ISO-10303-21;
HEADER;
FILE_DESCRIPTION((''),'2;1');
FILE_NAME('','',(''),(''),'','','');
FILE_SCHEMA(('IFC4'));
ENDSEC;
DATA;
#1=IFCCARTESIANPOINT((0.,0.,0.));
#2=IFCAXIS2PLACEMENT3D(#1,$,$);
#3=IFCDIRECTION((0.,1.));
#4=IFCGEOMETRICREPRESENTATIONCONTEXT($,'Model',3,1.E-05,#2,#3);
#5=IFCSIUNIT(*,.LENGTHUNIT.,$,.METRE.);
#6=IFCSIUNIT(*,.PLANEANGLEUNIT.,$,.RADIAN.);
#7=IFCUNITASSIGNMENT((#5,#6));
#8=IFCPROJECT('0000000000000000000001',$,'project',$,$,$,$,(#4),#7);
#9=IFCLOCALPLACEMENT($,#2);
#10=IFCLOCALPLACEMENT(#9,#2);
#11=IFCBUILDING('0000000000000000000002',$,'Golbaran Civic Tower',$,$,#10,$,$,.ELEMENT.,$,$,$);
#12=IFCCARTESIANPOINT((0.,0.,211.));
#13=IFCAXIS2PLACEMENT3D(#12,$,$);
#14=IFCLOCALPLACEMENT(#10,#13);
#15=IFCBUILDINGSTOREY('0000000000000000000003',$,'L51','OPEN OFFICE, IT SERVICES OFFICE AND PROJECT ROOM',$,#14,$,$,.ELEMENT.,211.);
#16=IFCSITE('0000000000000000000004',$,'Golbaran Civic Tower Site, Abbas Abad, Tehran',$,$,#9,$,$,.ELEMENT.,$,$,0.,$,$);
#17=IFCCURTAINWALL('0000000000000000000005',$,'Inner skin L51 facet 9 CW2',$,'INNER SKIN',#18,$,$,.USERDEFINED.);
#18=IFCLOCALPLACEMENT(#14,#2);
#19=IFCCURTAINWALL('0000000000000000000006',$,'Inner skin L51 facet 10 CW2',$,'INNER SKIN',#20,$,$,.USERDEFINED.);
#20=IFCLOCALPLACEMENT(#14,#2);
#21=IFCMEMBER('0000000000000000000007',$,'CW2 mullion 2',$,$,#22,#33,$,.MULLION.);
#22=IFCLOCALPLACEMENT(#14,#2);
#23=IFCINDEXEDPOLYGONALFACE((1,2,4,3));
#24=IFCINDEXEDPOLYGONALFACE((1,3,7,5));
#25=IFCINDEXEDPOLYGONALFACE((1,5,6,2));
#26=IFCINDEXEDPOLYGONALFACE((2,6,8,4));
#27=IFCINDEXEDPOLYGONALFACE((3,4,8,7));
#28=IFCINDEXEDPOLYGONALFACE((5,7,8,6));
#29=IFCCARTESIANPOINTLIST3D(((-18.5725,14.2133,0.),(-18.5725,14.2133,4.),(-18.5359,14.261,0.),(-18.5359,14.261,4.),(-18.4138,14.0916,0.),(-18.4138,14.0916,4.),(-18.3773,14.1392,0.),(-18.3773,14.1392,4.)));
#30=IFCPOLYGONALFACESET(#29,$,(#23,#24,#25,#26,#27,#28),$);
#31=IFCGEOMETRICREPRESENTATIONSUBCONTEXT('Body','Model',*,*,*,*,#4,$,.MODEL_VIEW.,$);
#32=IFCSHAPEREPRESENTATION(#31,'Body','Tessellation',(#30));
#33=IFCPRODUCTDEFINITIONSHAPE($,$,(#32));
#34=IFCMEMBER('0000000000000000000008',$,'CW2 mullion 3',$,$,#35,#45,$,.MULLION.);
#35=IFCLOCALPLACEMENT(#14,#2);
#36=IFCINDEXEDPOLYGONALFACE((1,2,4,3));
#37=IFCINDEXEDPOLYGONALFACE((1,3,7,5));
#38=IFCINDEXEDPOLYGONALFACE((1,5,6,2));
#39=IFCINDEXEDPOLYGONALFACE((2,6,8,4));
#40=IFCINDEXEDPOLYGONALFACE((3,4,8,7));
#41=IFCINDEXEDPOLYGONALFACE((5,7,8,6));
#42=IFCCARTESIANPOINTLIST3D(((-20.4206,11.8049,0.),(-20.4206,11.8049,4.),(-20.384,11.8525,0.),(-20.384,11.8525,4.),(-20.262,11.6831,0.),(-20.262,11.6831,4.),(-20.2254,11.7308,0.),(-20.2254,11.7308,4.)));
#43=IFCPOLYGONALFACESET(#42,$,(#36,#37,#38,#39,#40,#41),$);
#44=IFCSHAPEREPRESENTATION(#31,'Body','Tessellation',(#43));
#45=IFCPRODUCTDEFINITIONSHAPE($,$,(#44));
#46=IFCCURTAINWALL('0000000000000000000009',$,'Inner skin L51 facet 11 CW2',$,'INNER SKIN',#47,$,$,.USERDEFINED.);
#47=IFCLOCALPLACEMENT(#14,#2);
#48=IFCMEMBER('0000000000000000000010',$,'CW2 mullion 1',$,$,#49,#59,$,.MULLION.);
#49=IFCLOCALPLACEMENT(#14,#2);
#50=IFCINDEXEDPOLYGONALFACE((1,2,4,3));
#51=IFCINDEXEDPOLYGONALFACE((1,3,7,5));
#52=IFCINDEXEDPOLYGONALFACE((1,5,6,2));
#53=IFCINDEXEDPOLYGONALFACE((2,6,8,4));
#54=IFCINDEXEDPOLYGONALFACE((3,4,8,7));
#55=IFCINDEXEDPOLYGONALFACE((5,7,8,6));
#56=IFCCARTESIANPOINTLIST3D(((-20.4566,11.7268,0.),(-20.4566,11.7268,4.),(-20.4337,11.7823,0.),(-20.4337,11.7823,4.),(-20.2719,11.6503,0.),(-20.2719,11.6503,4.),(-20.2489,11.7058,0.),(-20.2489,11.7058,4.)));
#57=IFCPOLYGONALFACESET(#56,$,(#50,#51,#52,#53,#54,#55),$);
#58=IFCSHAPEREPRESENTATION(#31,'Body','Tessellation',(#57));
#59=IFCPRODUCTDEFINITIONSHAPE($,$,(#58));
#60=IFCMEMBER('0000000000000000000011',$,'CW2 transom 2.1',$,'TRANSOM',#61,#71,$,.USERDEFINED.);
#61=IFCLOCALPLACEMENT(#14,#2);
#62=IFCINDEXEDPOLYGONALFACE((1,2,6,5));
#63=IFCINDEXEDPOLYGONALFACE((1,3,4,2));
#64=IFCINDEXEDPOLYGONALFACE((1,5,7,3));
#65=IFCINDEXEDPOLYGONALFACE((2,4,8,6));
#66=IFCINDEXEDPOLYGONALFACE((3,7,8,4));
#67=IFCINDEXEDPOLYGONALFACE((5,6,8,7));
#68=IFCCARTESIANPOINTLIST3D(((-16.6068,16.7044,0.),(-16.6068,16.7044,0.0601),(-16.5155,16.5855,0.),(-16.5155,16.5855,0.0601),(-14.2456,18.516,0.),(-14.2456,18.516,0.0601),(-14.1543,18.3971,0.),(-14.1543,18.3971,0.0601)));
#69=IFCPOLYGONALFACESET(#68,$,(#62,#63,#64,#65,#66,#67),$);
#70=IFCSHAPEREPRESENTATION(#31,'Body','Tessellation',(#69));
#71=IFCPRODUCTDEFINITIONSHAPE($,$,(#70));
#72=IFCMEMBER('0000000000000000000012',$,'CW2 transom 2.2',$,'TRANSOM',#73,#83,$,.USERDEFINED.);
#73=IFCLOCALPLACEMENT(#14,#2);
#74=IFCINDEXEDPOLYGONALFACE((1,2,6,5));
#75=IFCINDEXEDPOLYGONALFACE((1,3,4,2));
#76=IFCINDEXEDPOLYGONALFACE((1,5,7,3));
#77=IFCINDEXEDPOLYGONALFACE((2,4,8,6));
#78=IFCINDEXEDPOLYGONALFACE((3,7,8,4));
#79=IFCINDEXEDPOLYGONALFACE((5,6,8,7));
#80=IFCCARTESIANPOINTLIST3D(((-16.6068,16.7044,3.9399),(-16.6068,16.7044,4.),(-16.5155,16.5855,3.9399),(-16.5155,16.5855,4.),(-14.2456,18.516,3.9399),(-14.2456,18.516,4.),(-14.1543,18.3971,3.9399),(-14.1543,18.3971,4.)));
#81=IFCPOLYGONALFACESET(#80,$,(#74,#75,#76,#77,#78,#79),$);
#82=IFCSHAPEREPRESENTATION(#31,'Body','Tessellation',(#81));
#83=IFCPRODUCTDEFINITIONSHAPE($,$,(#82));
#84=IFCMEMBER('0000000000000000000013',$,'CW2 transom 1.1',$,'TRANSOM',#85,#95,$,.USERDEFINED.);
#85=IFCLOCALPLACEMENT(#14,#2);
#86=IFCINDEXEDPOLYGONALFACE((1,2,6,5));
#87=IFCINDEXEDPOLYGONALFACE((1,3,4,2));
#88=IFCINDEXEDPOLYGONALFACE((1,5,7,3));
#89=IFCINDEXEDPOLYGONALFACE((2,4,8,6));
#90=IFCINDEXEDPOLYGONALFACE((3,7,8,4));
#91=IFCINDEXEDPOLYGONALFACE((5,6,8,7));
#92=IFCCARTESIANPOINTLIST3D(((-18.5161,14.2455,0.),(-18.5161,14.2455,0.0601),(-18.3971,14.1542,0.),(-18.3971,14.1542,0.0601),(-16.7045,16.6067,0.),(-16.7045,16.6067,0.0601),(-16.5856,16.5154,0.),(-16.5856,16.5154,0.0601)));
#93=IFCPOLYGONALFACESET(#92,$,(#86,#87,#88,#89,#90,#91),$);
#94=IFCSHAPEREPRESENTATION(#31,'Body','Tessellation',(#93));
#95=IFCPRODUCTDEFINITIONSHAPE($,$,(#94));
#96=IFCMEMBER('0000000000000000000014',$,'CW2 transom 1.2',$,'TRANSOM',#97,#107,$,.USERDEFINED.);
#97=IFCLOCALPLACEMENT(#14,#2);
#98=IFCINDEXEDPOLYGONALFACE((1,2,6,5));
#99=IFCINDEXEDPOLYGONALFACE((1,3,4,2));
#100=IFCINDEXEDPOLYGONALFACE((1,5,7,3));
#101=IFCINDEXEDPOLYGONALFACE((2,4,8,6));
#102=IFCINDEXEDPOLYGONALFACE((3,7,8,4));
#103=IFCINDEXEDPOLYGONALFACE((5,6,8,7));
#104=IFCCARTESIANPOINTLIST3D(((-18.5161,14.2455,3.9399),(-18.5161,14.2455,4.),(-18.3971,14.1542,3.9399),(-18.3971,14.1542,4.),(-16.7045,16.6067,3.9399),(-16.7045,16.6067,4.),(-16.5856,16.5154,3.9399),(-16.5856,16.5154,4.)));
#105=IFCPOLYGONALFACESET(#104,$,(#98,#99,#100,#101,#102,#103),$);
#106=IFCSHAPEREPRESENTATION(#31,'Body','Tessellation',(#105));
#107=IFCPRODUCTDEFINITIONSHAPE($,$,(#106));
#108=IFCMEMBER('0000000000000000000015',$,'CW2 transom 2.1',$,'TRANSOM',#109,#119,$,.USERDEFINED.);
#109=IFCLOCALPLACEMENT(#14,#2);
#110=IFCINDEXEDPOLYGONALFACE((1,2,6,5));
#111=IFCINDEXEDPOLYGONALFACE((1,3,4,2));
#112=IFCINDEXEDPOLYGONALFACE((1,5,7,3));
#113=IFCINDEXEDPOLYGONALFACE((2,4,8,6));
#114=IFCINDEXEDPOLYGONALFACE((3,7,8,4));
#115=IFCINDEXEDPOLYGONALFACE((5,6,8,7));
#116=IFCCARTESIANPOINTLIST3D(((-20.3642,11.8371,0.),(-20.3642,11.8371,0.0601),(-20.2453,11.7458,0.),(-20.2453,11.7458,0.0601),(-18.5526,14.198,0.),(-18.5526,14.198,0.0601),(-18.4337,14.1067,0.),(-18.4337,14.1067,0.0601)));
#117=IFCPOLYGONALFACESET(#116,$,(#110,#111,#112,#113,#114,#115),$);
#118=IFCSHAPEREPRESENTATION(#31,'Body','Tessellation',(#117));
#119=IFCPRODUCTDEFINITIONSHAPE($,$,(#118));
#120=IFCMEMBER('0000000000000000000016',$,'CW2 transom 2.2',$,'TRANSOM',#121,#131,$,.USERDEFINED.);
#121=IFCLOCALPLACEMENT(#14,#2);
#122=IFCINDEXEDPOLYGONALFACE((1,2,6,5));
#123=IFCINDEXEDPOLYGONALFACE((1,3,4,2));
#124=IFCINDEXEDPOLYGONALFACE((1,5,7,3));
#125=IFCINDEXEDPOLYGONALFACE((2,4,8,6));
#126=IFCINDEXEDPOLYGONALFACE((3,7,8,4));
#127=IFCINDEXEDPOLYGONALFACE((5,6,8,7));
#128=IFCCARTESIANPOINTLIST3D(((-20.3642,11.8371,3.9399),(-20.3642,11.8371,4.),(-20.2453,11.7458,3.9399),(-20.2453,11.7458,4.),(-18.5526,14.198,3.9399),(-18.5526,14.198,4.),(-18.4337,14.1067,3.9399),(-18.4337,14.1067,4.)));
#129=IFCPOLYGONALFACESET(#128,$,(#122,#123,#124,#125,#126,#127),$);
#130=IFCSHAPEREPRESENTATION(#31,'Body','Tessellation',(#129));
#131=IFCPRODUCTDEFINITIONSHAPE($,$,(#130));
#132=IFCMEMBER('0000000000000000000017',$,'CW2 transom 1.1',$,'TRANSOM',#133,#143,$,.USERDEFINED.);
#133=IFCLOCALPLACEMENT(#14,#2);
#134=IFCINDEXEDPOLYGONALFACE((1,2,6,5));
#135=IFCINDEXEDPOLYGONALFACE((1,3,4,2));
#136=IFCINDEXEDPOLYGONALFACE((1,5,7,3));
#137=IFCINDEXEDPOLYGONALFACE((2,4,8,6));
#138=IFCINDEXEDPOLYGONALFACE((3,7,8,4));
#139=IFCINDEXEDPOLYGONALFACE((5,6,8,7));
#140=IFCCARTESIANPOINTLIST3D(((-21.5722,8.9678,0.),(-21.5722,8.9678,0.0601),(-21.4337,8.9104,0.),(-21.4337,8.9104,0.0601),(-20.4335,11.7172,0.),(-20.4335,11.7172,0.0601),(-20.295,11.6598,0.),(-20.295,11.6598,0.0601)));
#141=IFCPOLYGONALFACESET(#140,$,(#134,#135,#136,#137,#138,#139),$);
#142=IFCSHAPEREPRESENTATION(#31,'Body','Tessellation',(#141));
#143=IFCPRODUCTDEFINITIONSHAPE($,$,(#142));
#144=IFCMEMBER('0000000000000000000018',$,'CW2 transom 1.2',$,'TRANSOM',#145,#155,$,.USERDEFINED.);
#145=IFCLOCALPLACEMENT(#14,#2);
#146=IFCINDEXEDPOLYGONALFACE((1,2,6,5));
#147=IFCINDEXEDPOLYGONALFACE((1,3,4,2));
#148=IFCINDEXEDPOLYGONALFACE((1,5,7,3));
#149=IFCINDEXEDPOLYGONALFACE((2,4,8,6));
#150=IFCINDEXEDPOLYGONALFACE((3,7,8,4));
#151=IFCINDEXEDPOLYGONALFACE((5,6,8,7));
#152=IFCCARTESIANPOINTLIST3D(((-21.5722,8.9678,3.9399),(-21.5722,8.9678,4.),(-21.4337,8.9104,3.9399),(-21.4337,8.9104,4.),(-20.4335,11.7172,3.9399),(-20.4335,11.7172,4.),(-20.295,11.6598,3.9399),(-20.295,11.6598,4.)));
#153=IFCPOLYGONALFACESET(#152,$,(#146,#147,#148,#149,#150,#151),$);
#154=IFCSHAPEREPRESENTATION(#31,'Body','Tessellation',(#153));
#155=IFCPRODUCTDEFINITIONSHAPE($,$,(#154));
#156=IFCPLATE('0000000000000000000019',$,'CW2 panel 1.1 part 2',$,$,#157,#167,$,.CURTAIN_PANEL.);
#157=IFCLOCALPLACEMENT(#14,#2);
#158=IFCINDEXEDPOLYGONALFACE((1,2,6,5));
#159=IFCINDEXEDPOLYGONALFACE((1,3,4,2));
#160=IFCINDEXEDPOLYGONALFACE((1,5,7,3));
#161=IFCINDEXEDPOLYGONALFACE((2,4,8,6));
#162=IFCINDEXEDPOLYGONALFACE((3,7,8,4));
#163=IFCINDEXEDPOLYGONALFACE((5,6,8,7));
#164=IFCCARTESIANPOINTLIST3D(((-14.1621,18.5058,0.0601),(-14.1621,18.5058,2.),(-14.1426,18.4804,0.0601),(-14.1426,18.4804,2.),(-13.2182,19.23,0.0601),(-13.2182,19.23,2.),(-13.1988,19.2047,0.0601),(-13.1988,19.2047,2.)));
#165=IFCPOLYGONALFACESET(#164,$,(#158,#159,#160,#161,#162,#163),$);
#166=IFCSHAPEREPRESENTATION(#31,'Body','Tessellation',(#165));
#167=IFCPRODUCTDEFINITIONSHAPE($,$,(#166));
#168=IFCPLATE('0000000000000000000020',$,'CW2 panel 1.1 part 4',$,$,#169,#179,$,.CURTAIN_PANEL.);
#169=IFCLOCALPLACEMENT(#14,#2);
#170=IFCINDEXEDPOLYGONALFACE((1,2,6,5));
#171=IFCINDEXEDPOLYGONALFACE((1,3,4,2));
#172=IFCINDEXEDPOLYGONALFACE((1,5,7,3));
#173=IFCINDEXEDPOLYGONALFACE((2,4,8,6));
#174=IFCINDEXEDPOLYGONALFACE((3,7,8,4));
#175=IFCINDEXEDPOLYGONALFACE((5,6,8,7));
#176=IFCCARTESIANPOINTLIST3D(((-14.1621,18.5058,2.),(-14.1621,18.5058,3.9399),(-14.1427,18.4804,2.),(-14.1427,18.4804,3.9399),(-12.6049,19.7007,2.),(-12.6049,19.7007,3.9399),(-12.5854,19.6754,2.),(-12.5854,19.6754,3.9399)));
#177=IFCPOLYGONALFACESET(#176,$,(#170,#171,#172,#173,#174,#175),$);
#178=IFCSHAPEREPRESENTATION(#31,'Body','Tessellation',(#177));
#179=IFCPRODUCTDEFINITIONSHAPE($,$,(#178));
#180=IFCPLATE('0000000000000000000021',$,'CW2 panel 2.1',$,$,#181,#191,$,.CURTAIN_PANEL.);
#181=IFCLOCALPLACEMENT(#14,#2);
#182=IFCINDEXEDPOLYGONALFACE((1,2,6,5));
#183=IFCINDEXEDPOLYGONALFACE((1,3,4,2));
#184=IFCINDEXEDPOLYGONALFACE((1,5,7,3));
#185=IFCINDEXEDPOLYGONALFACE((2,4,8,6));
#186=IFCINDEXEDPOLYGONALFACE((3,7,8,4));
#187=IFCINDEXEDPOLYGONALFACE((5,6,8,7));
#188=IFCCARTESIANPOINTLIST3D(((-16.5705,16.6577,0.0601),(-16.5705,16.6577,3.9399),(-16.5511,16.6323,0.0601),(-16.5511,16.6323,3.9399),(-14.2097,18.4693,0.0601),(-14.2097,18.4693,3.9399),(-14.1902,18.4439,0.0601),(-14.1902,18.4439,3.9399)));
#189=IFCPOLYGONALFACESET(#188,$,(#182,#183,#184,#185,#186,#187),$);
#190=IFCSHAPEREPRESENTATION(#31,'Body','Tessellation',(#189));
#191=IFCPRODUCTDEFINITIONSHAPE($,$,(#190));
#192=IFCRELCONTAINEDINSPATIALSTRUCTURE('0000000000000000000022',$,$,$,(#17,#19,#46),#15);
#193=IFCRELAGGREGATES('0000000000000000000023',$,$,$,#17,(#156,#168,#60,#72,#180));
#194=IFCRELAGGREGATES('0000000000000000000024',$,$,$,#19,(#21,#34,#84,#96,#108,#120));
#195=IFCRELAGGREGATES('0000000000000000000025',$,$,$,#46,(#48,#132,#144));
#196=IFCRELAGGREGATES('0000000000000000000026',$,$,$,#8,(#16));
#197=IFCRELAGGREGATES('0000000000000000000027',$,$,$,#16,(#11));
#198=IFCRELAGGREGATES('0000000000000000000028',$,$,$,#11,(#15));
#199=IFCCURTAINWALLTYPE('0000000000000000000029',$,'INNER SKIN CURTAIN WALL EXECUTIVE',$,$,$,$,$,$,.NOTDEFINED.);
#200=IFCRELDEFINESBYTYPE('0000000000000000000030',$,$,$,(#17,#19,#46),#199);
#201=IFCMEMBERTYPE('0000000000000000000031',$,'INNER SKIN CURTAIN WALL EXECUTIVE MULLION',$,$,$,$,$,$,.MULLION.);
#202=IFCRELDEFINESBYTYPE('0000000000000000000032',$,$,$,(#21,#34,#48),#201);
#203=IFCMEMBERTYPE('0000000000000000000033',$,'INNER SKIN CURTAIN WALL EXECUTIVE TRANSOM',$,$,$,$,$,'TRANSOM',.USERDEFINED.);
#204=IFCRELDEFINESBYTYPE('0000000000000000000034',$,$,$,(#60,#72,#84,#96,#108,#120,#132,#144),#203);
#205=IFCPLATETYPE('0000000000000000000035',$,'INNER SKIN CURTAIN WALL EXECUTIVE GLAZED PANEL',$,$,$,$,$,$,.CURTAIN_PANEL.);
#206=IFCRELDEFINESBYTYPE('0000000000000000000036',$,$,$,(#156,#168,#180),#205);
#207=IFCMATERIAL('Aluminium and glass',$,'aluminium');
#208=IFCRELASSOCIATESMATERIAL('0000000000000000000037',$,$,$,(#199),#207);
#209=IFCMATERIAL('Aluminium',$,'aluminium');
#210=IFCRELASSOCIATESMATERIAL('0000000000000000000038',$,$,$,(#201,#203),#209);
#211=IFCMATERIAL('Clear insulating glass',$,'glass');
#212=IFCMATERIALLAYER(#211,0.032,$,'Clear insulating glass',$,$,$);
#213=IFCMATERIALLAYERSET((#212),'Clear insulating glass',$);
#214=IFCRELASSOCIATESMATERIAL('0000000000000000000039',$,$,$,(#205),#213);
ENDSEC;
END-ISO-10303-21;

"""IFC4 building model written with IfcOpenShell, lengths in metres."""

from ifc_helpers import new_model, si_unit, direction, frame, origin, origin_2d, place, context, subcontext, project, spatial, rectangle, extrude, material, layer, layer_set, material_profile, profile_set, type_object, element, aggregate, save


model = new_model("IFC4")

# Units and contexts
model_context = context("Model", 3, precision=1e-05, world=origin(), true_north=direction((0.0, 1.0)))
body_context = subcontext(model_context, "Body", "Model", "MODEL_VIEW")
ifc_project = project(units=[si_unit("LENGTHUNIT", "METRE"), si_unit("PLANEANGLEUNIT", "RADIAN")], contexts=[model_context])

# Site, building, storey
site_placement = place(None, origin())
site = spatial("IfcSite", under=ifc_project, at=site_placement, Name="Golbaran Civic Tower Site, Abbas Abad, Tehran", CompositionType="ELEMENT", RefElevation=0.0)
building_placement = place(site_placement, origin())
building = spatial("IfcBuilding", under=site, at=building_placement, Name="Golbaran Civic Tower", CompositionType="ELEMENT")
storey_placement = place(building_placement, frame((0.0, 0.0, 211.0)))
storey = spatial("IfcBuildingStorey", under=building, at=storey_placement, Name="L51", Description="OPEN OFFICE, IT SERVICES OFFICE AND PROJECT ROOM", CompositionType="ELEMENT", Elevation=211.0)

# Curtain walls, members
ifc_material_1 = material(Name="Aluminium and glass", Category="aluminium")
curtain_wall_type = type_object("IfcCurtainWallType", Name="INNER SKIN CURTAIN WALL EXECUTIVE", PredefinedType="NOTDEFINED", material=ifc_material_1)
curtain_wall_1_placement = place(storey_placement, origin())
curtain_wall_1 = element("IfcCurtainWall", 1, at=curtain_wall_1_placement, inside=storey, type_object=curtain_wall_type, Name="Inner skin L51 facet 9 CW2", ObjectType="INNER SKIN", PredefinedType="USERDEFINED")
ifc_material_2 = material(Name="Aluminium", Category="aluminium")
ifc_material_profile_1 = material_profile(ifc_material_2, rectangle(XDim=0.2, YDim=0.0601, at=origin_2d()), Name="INNER SKIN CURTAIN WALL EXECUTIVE MULLION")
ifc_profile_set_1 = profile_set([ifc_material_profile_1], Name="Aluminium")
member_type_1 = type_object("IfcMemberType", Name="INNER SKIN CURTAIN WALL EXECUTIVE MULLION", PredefinedType="MULLION", material=ifc_profile_set_1)
curtain_wall_2_placement = place(storey_placement, origin())
curtain_wall_2 = element("IfcCurtainWall", 2, at=curtain_wall_2_placement, inside=storey, type_object=curtain_wall_type, Name="Inner skin L51 facet 10 CW2", ObjectType="INNER SKIN", PredefinedType="USERDEFINED")
member_1_placement = place(storey_placement, frame((-18.4749, 14.1763, 0.0), z_axis=(0.0, 0.0, 1.0), x_axis=(0.793353, -0.608761, 0.0)))
member_1 = element("IfcMember", 3, at=member_1_placement, type_object=member_type_1, Name="CW2 mullion 2", PredefinedType="MULLION", context=body_context, shape_type="SweptSolid", body=[
    extrude(rectangle(XDim=0.2, YDim=0.0601, at=origin_2d()), origin(), (0.0, 0.0, 1.0), 4.0),
])
member_2_placement = place(storey_placement, frame((-20.323, 11.7678, 0.0), z_axis=(0.0, 0.0, 1.0), x_axis=(0.793353, -0.608761, 0.0)))
member_2 = element("IfcMember", 4, at=member_2_placement, type_object=member_type_1, Name="CW2 mullion 3", PredefinedType="MULLION", context=body_context, shape_type="SweptSolid", body=[
    extrude(rectangle(XDim=0.2, YDim=0.0601, at=origin_2d()), origin(), (0.0, 0.0, 1.0), 4.0),
])

# Curtain wall, member
curtain_wall_3_placement = place(storey_placement, origin())
curtain_wall_3 = element("IfcCurtainWall", 5, at=curtain_wall_3_placement, inside=storey, type_object=curtain_wall_type, Name="Inner skin L51 facet 11 CW2", ObjectType="INNER SKIN", PredefinedType="USERDEFINED")
member_3_placement = place(storey_placement, frame((-20.3528, 11.7163, 0.0), z_axis=(0.0, 0.0, 1.0), x_axis=(0.92388, -0.382683, 0.0)))
member_3 = element("IfcMember", 6, at=member_3_placement, type_object=member_type_1, Name="CW2 mullion 1", PredefinedType="MULLION", context=body_context, shape_type="SweptSolid", body=[
    extrude(rectangle(XDim=0.2, YDim=0.0601, at=origin_2d()), origin(), (0.0, 0.0, 1.0), 4.0),
])

# Members
ifc_material_profile_2 = material_profile(ifc_material_2, rectangle(XDim=0.1499, YDim=0.0601, at=origin_2d()), Name="INNER SKIN CURTAIN WALL EXECUTIVE TRANSOM")
ifc_profile_set_2 = profile_set([ifc_material_profile_2], Name="Aluminium")
member_type_2 = type_object("IfcMemberType", Name="INNER SKIN CURTAIN WALL EXECUTIVE TRANSOM", ElementType="TRANSOM", PredefinedType="USERDEFINED", material=ifc_profile_set_2)
member_4_placement = place(storey_placement, frame((-14.2, 18.4565, 0.03), z_axis=(-0.793386, -0.608719, 0.0), x_axis=(0.608719, -0.793386, 0.0)))
member_4 = element("IfcMember", 7, at=member_4_placement, type_object=member_type_2, Name="CW2 transom 2.1", ObjectType="TRANSOM", PredefinedType="USERDEFINED", context=body_context, shape_type="SweptSolid", body=[
    extrude(rectangle(XDim=0.1499, YDim=0.0601, at=origin_2d()), origin(), (0.0, 0.0, 1.0), 2.9761),
])
member_5_placement = place(storey_placement, frame((-14.2, 18.4565, 3.97), z_axis=(-0.793386, -0.608719, 0.0), x_axis=(0.608719, -0.793386, 0.0)))
member_5 = element("IfcMember", 8, at=member_5_placement, type_object=member_type_2, Name="CW2 transom 2.2", ObjectType="TRANSOM", PredefinedType="USERDEFINED", context=body_context, shape_type="SweptSolid", body=[
    extrude(rectangle(XDim=0.1499, YDim=0.0601, at=origin_2d()), origin(), (0.0, 0.0, 1.0), 2.9761),
])
member_6_placement = place(storey_placement, frame((-16.645, 16.561, 0.03), z_axis=(-0.608719, -0.793386, 0.0), x_axis=(0.793386, -0.608719, 0.0)))
member_6 = element("IfcMember", 9, at=member_6_placement, type_object=member_type_2, Name="CW2 transom 1.1", ObjectType="TRANSOM", PredefinedType="USERDEFINED", context=body_context, shape_type="SweptSolid", body=[
    extrude(rectangle(XDim=0.1499, YDim=0.0601, at=origin_2d()), origin(), (0.0, 0.0, 1.0), 2.9761),
])
member_7_placement = place(storey_placement, frame((-16.645, 16.561, 3.97), z_axis=(-0.608719, -0.793386, 0.0), x_axis=(0.793386, -0.608719, 0.0)))
member_7 = element("IfcMember", 10, at=member_7_placement, type_object=member_type_2, Name="CW2 transom 1.2", ObjectType="TRANSOM", PredefinedType="USERDEFINED", context=body_context, shape_type="SweptSolid", body=[
    extrude(rectangle(XDim=0.1499, YDim=0.0601, at=origin_2d()), origin(), (0.0, 0.0, 1.0), 2.9761),
])
member_8_placement = place(storey_placement, frame((-18.4932, 14.1523, 0.03), z_axis=(-0.608759, -0.793355, 0.0), x_axis=(0.793355, -0.608759, 0.0)))
member_8 = element("IfcMember", 11, at=member_8_placement, type_object=member_type_2, Name="CW2 transom 2.1", ObjectType="TRANSOM", PredefinedType="USERDEFINED", context=body_context, shape_type="SweptSolid", body=[
    extrude(rectangle(XDim=0.1499, YDim=0.0601, at=origin_2d()), origin(), (0.0, 0.0, 1.0), 2.9758),
])
member_9_placement = place(storey_placement, frame((-18.4932, 14.1523, 3.97), z_axis=(-0.608759, -0.793355, 0.0), x_axis=(0.793355, -0.608759, 0.0)))
member_9 = element("IfcMember", 12, at=member_9_placement, type_object=member_type_2, Name="CW2 transom 2.2", ObjectType="TRANSOM", PredefinedType="USERDEFINED", context=body_context, shape_type="SweptSolid", body=[
    extrude(rectangle(XDim=0.1499, YDim=0.0601, at=origin_2d()), origin(), (0.0, 0.0, 1.0), 2.9758),
])
member_10_placement = place(storey_placement, frame((-20.3643, 11.6885, 0.03), z_axis=(-0.382651, -0.923893, 0.0), x_axis=(0.923893, -0.382651, 0.0)))
member_10 = element("IfcMember", 13, at=member_10_placement, type_object=member_type_2, Name="CW2 transom 1.1", ObjectType="TRANSOM", PredefinedType="USERDEFINED", context=body_context, shape_type="SweptSolid", body=[
    extrude(rectangle(XDim=0.1499, YDim=0.0601, at=origin_2d()), origin(), (0.0, 0.0, 1.0), 2.9758),
])
member_11_placement = place(storey_placement, frame((-20.3643, 11.6885, 3.97), z_axis=(-0.382651, -0.923893, 0.0), x_axis=(0.923893, -0.382651, 0.0)))
member_11 = element("IfcMember", 14, at=member_11_placement, type_object=member_type_2, Name="CW2 transom 1.2", ObjectType="TRANSOM", PredefinedType="USERDEFINED", context=body_context, shape_type="SweptSolid", body=[
    extrude(rectangle(XDim=0.1499, YDim=0.0601, at=origin_2d()), origin(), (0.0, 0.0, 1.0), 2.9758),
])

# Plates
ifc_material_3 = material(Name="Clear insulating glass", Category="glass")
ifc_layer_1 = layer(ifc_material_3, 0.032, Name="Clear insulating glass")
ifc_layer_set_1 = layer_set([ifc_layer_1], Name="Clear insulating glass")
plate_type_1 = type_object("IfcPlateType", Name="INNER SKIN CURTAIN WALL EXECUTIVE GLAZED PANEL", PredefinedType="CURTAIN_PANEL", material=ifc_layer_set_1)
plate_1_placement = place(storey_placement, frame((-13.6804, 18.8552, 0.0601), z_axis=(0.0, 0.0, 1.0), x_axis=(-0.793353, -0.608761, 0.0)))
plate_1 = element("IfcPlate", 15, at=plate_1_placement, type_object=plate_type_1, Name="CW2 panel 1.1 part 2", PredefinedType="CURTAIN_PANEL", context=body_context, shape_type="SweptSolid", body=[
    extrude(rectangle(XDim=1.1897, YDim=0.032, at=origin_2d()), origin(), (0.0, 0.0, 1.0), 1.9399),
])
plate_2_placement = place(storey_placement, frame((-13.3738, 19.0906, 2.0), z_axis=(0.0, 0.0, 1.0), x_axis=(-0.793353, -0.608761, 0.0)))
plate_2 = element("IfcPlate", 16, at=plate_2_placement, type_object=plate_type_1, Name="CW2 panel 1.1 part 4", PredefinedType="CURTAIN_PANEL", context=body_context, shape_type="SweptSolid", body=[
    extrude(rectangle(XDim=1.9629, YDim=0.032, at=origin_2d()), origin(), (0.0, 0.0, 1.0), 1.9399),
])
plate_3_placement = place(storey_placement, frame((-15.3804, 17.5508, 0.0601), z_axis=(0.0, 0.0, 1.0), x_axis=(-0.793353, -0.608761, 0.0)))
plate_3 = element("IfcPlate", 17, at=plate_3_placement, type_object=plate_type_1, Name="CW2 panel 2.1", PredefinedType="CURTAIN_PANEL", context=body_context, shape_type="SweptSolid", body=[
    extrude(rectangle(XDim=2.9758, YDim=0.032, at=origin_2d()), origin(), (0.0, 0.0, 1.0), 3.8799),
])
aggregate(curtain_wall_1, [plate_1, plate_2, member_4, member_5, plate_3])
aggregate(curtain_wall_2, [member_1, member_2, member_6, member_7, member_8, member_9])
aggregate(curtain_wall_3, [member_3, member_10, member_11])

save(model, "model.ifc")
